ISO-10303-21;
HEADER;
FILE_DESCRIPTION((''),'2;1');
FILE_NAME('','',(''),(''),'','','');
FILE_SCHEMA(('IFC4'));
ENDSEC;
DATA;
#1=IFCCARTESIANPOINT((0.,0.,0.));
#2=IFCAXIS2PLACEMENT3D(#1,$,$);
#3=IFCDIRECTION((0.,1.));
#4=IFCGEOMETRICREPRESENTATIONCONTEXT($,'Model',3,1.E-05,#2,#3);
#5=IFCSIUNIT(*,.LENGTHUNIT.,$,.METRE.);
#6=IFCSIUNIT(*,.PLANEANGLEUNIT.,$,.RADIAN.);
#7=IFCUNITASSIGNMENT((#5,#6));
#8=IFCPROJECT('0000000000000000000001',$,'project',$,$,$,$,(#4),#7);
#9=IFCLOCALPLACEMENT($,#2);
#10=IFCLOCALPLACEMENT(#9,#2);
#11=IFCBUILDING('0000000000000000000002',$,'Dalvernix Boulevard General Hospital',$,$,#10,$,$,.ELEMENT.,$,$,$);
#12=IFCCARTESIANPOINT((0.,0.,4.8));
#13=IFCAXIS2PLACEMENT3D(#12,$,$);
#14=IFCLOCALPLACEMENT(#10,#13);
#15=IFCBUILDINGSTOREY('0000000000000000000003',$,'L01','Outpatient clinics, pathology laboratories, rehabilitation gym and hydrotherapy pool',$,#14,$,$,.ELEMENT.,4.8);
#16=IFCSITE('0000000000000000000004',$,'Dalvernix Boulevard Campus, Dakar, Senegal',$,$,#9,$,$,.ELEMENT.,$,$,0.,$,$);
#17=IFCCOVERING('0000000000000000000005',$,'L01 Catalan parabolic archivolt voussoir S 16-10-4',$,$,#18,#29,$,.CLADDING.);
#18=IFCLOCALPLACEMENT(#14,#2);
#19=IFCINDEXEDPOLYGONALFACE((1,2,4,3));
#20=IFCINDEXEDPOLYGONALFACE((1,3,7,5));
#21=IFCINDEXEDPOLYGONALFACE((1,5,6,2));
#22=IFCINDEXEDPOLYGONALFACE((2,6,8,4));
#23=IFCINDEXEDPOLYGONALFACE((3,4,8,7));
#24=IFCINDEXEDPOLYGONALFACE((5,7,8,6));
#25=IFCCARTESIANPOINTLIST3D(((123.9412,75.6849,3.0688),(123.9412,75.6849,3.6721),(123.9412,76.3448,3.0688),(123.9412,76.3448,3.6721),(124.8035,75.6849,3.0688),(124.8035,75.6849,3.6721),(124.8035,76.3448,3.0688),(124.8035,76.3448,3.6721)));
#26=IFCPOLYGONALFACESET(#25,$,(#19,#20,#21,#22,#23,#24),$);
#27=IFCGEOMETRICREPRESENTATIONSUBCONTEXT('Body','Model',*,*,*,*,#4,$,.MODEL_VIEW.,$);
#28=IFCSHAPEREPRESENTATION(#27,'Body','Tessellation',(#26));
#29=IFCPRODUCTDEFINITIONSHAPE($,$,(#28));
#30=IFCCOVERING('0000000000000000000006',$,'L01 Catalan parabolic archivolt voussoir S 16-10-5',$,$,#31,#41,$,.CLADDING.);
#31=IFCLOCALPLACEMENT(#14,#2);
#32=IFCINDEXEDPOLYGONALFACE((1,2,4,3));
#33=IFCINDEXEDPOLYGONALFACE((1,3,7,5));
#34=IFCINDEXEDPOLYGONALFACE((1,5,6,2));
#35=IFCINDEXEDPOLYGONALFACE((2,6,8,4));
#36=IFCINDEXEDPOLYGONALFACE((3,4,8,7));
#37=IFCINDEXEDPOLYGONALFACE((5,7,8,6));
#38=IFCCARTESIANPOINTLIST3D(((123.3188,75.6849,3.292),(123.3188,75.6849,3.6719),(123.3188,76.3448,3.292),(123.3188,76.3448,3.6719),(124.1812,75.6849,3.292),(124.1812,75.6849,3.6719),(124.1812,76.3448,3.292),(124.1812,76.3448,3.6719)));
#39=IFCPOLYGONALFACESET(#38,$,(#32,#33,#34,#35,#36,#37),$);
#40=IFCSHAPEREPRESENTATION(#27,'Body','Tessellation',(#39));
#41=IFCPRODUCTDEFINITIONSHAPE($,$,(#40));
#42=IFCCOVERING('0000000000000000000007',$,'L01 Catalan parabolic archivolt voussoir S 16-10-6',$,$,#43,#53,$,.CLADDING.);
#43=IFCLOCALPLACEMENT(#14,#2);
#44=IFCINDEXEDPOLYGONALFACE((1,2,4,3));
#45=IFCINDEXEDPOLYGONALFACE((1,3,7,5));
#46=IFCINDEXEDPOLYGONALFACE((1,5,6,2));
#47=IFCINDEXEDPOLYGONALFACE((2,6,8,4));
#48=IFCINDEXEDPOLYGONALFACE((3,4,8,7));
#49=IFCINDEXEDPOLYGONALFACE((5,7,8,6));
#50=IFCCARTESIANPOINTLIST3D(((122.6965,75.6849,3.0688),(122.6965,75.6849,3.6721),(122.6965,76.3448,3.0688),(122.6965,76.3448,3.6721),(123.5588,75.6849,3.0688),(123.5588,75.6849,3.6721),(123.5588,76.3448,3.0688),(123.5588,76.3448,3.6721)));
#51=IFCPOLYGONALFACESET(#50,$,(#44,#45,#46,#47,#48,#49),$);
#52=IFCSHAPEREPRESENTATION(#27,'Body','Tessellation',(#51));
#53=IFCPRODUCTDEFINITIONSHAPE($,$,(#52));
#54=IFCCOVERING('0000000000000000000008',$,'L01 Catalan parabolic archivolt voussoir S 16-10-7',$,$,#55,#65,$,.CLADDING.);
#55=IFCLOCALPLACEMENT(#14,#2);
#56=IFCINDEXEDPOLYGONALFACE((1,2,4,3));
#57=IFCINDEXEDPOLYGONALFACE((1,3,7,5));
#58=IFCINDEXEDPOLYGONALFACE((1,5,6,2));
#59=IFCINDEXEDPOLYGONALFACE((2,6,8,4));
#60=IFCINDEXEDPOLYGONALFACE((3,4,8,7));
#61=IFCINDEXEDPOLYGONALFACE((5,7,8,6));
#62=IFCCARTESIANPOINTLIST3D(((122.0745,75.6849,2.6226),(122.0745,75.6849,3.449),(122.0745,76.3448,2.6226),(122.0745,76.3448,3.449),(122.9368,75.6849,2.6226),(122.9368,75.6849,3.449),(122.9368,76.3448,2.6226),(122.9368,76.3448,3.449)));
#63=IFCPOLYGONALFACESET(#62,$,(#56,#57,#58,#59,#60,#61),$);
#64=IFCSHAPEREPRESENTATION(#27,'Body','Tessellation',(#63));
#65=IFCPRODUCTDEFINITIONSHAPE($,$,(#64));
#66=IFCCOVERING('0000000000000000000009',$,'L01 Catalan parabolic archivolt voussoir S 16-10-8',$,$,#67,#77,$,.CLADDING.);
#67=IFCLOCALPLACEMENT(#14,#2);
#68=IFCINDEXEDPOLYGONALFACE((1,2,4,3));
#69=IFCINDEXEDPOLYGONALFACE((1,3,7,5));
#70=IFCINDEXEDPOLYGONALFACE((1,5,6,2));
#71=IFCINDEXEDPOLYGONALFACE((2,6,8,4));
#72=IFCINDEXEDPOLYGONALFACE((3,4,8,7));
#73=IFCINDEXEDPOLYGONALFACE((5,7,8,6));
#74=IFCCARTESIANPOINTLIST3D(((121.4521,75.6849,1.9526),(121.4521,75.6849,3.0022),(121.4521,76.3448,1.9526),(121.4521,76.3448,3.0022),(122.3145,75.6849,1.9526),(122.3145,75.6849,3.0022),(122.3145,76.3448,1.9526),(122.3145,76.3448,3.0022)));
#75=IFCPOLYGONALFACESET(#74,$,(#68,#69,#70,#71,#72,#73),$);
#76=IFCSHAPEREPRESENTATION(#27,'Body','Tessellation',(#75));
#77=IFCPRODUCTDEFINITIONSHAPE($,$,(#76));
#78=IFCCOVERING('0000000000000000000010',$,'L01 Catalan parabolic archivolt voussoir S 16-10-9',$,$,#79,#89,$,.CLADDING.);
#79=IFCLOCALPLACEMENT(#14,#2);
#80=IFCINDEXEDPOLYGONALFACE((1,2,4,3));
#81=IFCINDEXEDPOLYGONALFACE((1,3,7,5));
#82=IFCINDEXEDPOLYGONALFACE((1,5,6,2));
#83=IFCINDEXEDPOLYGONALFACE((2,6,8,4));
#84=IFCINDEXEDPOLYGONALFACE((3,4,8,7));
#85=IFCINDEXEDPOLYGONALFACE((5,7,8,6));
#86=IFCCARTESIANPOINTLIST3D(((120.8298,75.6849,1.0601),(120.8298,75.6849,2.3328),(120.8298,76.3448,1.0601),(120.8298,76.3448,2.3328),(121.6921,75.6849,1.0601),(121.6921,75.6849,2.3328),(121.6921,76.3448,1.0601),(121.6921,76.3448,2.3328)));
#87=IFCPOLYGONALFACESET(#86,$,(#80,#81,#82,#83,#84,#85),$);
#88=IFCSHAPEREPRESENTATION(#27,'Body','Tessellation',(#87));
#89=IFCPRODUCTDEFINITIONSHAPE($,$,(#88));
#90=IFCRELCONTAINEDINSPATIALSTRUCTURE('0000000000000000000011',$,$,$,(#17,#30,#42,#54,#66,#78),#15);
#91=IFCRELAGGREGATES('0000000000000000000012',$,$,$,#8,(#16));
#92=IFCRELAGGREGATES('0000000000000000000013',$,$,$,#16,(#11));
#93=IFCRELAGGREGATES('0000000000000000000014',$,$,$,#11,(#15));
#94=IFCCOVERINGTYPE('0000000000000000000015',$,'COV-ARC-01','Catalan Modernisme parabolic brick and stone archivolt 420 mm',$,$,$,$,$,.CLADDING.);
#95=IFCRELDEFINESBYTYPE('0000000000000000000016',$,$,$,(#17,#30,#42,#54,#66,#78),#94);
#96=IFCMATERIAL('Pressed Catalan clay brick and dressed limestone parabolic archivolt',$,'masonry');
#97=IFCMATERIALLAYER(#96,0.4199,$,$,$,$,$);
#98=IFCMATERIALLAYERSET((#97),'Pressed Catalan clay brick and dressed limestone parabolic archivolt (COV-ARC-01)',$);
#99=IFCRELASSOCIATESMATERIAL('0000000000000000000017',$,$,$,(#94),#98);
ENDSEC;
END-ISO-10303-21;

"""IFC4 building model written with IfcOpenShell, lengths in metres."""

from ifc_helpers import new_model, si_unit, direction, frame, origin, origin_2d, place, context, subcontext, project, spatial, rectangle, extrude, material, layer, layer_set, type_object, element, save


model = new_model("IFC4")

# Units and contexts
model_context = context("Model", 3, precision=1e-05, world=origin(), true_north=direction((0.0, 1.0)))
body_context = subcontext(model_context, "Body", "Model", "MODEL_VIEW")
ifc_project = project(units=[si_unit("LENGTHUNIT", "METRE"), si_unit("PLANEANGLEUNIT", "RADIAN")], contexts=[model_context])

# Site, building, storey
site_placement = place(None, origin())
site = spatial("IfcSite", under=ifc_project, at=site_placement, Name="Dalvernix Boulevard Campus, Dakar, Senegal", CompositionType="ELEMENT", RefElevation=0.0)
building_placement = place(site_placement, origin())
building = spatial("IfcBuilding", under=site, at=building_placement, Name="Dalvernix Boulevard General Hospital", CompositionType="ELEMENT")
storey_placement = place(building_placement, frame((0.0, 0.0, 4.8)))
storey = spatial("IfcBuildingStorey", under=building, at=storey_placement, Name="L01", Description="Outpatient clinics, pathology laboratories, rehabilitation gym and hydrotherapy pool", CompositionType="ELEMENT", Elevation=4.8)

# Coverings
ifc_material_1 = material(Name="Pressed Catalan clay brick and dressed limestone parabolic archivolt", Category="masonry")
ifc_layer_1 = layer(ifc_material_1, 0.4199)
ifc_layer_set_1 = layer_set([ifc_layer_1], Name="Pressed Catalan clay brick and dressed limestone parabolic archivolt (COV-ARC-01)")
covering_type = type_object("IfcCoveringType", Name="COV-ARC-01", Description="Catalan Modernisme parabolic brick and stone archivolt 420 mm", PredefinedType="CLADDING", material=ifc_layer_set_1)
covering_1_placement = place(storey_placement, frame((124.3723, 76.0149, 3.0688), z_axis=(0.0, 0.0, 1.0), x_axis=(-1.0, 0.0, 0.0)))
element("IfcCovering", 1, at=covering_1_placement, inside=storey, type_object=covering_type, Name="L01 Catalan parabolic archivolt voussoir S 16-10-4", PredefinedType="CLADDING", context=body_context, shape_type="SweptSolid", body=[
    extrude(rectangle(XDim=0.8623, YDim=0.6599, at=origin_2d()), origin(), (0.0, 0.0, 1.0), 0.6033),
])
covering_2_placement = place(storey_placement, frame((123.75, 76.0149, 3.292), z_axis=(0.0, 0.0, 1.0), x_axis=(-1.0, 0.0, 0.0)))
element("IfcCovering", 2, at=covering_2_placement, inside=storey, type_object=covering_type, Name="L01 Catalan parabolic archivolt voussoir S 16-10-5", PredefinedType="CLADDING", context=body_context, shape_type="SweptSolid", body=[
    extrude(rectangle(XDim=0.8623, YDim=0.6599, at=origin_2d()), origin(), (0.0, 0.0, 1.0), 0.3799),
])
covering_3_placement = place(storey_placement, frame((123.1277, 76.0149, 3.0688), z_axis=(0.0, 0.0, 1.0), x_axis=(-1.0, 0.0, 0.0)))
element("IfcCovering", 3, at=covering_3_placement, inside=storey, type_object=covering_type, Name="L01 Catalan parabolic archivolt voussoir S 16-10-6", PredefinedType="CLADDING", context=body_context, shape_type="SweptSolid", body=[
    extrude(rectangle(XDim=0.8623, YDim=0.6599, at=origin_2d()), origin(), (0.0, 0.0, 1.0), 0.6033),
])
covering_4_placement = place(storey_placement, frame((122.5056, 76.0149, 2.6226), z_axis=(0.0, 0.0, 1.0), x_axis=(-1.0, 0.0, 0.0)))
element("IfcCovering", 4, at=covering_4_placement, inside=storey, type_object=covering_type, Name="L01 Catalan parabolic archivolt voussoir S 16-10-7", PredefinedType="CLADDING", context=body_context, shape_type="SweptSolid", body=[
    extrude(rectangle(XDim=0.8623, YDim=0.6599, at=origin_2d()), origin(), (0.0, 0.0, 1.0), 0.8264),
])
covering_5_placement = place(storey_placement, frame((121.8833, 76.0149, 1.9526), z_axis=(0.0, 0.0, 1.0), x_axis=(-1.0, 0.0, 0.0)))
element("IfcCovering", 5, at=covering_5_placement, inside=storey, type_object=covering_type, Name="L01 Catalan parabolic archivolt voussoir S 16-10-8", PredefinedType="CLADDING", context=body_context, shape_type="SweptSolid", body=[
    extrude(rectangle(XDim=0.8623, YDim=0.6599, at=origin_2d()), origin(), (0.0, 0.0, 1.0), 1.0496),
])
covering_6_placement = place(storey_placement, frame((121.261, 76.0149, 1.0601), z_axis=(0.0, 0.0, 1.0), x_axis=(-1.0, 0.0, 0.0)))
element("IfcCovering", 6, at=covering_6_placement, inside=storey, type_object=covering_type, Name="L01 Catalan parabolic archivolt voussoir S 16-10-9", PredefinedType="CLADDING", context=body_context, shape_type="SweptSolid", body=[
    extrude(rectangle(XDim=0.8623, YDim=0.6599, at=origin_2d()), origin(), (0.0, 0.0, 1.0), 1.2727),
])

save(model, "model.ifc")
